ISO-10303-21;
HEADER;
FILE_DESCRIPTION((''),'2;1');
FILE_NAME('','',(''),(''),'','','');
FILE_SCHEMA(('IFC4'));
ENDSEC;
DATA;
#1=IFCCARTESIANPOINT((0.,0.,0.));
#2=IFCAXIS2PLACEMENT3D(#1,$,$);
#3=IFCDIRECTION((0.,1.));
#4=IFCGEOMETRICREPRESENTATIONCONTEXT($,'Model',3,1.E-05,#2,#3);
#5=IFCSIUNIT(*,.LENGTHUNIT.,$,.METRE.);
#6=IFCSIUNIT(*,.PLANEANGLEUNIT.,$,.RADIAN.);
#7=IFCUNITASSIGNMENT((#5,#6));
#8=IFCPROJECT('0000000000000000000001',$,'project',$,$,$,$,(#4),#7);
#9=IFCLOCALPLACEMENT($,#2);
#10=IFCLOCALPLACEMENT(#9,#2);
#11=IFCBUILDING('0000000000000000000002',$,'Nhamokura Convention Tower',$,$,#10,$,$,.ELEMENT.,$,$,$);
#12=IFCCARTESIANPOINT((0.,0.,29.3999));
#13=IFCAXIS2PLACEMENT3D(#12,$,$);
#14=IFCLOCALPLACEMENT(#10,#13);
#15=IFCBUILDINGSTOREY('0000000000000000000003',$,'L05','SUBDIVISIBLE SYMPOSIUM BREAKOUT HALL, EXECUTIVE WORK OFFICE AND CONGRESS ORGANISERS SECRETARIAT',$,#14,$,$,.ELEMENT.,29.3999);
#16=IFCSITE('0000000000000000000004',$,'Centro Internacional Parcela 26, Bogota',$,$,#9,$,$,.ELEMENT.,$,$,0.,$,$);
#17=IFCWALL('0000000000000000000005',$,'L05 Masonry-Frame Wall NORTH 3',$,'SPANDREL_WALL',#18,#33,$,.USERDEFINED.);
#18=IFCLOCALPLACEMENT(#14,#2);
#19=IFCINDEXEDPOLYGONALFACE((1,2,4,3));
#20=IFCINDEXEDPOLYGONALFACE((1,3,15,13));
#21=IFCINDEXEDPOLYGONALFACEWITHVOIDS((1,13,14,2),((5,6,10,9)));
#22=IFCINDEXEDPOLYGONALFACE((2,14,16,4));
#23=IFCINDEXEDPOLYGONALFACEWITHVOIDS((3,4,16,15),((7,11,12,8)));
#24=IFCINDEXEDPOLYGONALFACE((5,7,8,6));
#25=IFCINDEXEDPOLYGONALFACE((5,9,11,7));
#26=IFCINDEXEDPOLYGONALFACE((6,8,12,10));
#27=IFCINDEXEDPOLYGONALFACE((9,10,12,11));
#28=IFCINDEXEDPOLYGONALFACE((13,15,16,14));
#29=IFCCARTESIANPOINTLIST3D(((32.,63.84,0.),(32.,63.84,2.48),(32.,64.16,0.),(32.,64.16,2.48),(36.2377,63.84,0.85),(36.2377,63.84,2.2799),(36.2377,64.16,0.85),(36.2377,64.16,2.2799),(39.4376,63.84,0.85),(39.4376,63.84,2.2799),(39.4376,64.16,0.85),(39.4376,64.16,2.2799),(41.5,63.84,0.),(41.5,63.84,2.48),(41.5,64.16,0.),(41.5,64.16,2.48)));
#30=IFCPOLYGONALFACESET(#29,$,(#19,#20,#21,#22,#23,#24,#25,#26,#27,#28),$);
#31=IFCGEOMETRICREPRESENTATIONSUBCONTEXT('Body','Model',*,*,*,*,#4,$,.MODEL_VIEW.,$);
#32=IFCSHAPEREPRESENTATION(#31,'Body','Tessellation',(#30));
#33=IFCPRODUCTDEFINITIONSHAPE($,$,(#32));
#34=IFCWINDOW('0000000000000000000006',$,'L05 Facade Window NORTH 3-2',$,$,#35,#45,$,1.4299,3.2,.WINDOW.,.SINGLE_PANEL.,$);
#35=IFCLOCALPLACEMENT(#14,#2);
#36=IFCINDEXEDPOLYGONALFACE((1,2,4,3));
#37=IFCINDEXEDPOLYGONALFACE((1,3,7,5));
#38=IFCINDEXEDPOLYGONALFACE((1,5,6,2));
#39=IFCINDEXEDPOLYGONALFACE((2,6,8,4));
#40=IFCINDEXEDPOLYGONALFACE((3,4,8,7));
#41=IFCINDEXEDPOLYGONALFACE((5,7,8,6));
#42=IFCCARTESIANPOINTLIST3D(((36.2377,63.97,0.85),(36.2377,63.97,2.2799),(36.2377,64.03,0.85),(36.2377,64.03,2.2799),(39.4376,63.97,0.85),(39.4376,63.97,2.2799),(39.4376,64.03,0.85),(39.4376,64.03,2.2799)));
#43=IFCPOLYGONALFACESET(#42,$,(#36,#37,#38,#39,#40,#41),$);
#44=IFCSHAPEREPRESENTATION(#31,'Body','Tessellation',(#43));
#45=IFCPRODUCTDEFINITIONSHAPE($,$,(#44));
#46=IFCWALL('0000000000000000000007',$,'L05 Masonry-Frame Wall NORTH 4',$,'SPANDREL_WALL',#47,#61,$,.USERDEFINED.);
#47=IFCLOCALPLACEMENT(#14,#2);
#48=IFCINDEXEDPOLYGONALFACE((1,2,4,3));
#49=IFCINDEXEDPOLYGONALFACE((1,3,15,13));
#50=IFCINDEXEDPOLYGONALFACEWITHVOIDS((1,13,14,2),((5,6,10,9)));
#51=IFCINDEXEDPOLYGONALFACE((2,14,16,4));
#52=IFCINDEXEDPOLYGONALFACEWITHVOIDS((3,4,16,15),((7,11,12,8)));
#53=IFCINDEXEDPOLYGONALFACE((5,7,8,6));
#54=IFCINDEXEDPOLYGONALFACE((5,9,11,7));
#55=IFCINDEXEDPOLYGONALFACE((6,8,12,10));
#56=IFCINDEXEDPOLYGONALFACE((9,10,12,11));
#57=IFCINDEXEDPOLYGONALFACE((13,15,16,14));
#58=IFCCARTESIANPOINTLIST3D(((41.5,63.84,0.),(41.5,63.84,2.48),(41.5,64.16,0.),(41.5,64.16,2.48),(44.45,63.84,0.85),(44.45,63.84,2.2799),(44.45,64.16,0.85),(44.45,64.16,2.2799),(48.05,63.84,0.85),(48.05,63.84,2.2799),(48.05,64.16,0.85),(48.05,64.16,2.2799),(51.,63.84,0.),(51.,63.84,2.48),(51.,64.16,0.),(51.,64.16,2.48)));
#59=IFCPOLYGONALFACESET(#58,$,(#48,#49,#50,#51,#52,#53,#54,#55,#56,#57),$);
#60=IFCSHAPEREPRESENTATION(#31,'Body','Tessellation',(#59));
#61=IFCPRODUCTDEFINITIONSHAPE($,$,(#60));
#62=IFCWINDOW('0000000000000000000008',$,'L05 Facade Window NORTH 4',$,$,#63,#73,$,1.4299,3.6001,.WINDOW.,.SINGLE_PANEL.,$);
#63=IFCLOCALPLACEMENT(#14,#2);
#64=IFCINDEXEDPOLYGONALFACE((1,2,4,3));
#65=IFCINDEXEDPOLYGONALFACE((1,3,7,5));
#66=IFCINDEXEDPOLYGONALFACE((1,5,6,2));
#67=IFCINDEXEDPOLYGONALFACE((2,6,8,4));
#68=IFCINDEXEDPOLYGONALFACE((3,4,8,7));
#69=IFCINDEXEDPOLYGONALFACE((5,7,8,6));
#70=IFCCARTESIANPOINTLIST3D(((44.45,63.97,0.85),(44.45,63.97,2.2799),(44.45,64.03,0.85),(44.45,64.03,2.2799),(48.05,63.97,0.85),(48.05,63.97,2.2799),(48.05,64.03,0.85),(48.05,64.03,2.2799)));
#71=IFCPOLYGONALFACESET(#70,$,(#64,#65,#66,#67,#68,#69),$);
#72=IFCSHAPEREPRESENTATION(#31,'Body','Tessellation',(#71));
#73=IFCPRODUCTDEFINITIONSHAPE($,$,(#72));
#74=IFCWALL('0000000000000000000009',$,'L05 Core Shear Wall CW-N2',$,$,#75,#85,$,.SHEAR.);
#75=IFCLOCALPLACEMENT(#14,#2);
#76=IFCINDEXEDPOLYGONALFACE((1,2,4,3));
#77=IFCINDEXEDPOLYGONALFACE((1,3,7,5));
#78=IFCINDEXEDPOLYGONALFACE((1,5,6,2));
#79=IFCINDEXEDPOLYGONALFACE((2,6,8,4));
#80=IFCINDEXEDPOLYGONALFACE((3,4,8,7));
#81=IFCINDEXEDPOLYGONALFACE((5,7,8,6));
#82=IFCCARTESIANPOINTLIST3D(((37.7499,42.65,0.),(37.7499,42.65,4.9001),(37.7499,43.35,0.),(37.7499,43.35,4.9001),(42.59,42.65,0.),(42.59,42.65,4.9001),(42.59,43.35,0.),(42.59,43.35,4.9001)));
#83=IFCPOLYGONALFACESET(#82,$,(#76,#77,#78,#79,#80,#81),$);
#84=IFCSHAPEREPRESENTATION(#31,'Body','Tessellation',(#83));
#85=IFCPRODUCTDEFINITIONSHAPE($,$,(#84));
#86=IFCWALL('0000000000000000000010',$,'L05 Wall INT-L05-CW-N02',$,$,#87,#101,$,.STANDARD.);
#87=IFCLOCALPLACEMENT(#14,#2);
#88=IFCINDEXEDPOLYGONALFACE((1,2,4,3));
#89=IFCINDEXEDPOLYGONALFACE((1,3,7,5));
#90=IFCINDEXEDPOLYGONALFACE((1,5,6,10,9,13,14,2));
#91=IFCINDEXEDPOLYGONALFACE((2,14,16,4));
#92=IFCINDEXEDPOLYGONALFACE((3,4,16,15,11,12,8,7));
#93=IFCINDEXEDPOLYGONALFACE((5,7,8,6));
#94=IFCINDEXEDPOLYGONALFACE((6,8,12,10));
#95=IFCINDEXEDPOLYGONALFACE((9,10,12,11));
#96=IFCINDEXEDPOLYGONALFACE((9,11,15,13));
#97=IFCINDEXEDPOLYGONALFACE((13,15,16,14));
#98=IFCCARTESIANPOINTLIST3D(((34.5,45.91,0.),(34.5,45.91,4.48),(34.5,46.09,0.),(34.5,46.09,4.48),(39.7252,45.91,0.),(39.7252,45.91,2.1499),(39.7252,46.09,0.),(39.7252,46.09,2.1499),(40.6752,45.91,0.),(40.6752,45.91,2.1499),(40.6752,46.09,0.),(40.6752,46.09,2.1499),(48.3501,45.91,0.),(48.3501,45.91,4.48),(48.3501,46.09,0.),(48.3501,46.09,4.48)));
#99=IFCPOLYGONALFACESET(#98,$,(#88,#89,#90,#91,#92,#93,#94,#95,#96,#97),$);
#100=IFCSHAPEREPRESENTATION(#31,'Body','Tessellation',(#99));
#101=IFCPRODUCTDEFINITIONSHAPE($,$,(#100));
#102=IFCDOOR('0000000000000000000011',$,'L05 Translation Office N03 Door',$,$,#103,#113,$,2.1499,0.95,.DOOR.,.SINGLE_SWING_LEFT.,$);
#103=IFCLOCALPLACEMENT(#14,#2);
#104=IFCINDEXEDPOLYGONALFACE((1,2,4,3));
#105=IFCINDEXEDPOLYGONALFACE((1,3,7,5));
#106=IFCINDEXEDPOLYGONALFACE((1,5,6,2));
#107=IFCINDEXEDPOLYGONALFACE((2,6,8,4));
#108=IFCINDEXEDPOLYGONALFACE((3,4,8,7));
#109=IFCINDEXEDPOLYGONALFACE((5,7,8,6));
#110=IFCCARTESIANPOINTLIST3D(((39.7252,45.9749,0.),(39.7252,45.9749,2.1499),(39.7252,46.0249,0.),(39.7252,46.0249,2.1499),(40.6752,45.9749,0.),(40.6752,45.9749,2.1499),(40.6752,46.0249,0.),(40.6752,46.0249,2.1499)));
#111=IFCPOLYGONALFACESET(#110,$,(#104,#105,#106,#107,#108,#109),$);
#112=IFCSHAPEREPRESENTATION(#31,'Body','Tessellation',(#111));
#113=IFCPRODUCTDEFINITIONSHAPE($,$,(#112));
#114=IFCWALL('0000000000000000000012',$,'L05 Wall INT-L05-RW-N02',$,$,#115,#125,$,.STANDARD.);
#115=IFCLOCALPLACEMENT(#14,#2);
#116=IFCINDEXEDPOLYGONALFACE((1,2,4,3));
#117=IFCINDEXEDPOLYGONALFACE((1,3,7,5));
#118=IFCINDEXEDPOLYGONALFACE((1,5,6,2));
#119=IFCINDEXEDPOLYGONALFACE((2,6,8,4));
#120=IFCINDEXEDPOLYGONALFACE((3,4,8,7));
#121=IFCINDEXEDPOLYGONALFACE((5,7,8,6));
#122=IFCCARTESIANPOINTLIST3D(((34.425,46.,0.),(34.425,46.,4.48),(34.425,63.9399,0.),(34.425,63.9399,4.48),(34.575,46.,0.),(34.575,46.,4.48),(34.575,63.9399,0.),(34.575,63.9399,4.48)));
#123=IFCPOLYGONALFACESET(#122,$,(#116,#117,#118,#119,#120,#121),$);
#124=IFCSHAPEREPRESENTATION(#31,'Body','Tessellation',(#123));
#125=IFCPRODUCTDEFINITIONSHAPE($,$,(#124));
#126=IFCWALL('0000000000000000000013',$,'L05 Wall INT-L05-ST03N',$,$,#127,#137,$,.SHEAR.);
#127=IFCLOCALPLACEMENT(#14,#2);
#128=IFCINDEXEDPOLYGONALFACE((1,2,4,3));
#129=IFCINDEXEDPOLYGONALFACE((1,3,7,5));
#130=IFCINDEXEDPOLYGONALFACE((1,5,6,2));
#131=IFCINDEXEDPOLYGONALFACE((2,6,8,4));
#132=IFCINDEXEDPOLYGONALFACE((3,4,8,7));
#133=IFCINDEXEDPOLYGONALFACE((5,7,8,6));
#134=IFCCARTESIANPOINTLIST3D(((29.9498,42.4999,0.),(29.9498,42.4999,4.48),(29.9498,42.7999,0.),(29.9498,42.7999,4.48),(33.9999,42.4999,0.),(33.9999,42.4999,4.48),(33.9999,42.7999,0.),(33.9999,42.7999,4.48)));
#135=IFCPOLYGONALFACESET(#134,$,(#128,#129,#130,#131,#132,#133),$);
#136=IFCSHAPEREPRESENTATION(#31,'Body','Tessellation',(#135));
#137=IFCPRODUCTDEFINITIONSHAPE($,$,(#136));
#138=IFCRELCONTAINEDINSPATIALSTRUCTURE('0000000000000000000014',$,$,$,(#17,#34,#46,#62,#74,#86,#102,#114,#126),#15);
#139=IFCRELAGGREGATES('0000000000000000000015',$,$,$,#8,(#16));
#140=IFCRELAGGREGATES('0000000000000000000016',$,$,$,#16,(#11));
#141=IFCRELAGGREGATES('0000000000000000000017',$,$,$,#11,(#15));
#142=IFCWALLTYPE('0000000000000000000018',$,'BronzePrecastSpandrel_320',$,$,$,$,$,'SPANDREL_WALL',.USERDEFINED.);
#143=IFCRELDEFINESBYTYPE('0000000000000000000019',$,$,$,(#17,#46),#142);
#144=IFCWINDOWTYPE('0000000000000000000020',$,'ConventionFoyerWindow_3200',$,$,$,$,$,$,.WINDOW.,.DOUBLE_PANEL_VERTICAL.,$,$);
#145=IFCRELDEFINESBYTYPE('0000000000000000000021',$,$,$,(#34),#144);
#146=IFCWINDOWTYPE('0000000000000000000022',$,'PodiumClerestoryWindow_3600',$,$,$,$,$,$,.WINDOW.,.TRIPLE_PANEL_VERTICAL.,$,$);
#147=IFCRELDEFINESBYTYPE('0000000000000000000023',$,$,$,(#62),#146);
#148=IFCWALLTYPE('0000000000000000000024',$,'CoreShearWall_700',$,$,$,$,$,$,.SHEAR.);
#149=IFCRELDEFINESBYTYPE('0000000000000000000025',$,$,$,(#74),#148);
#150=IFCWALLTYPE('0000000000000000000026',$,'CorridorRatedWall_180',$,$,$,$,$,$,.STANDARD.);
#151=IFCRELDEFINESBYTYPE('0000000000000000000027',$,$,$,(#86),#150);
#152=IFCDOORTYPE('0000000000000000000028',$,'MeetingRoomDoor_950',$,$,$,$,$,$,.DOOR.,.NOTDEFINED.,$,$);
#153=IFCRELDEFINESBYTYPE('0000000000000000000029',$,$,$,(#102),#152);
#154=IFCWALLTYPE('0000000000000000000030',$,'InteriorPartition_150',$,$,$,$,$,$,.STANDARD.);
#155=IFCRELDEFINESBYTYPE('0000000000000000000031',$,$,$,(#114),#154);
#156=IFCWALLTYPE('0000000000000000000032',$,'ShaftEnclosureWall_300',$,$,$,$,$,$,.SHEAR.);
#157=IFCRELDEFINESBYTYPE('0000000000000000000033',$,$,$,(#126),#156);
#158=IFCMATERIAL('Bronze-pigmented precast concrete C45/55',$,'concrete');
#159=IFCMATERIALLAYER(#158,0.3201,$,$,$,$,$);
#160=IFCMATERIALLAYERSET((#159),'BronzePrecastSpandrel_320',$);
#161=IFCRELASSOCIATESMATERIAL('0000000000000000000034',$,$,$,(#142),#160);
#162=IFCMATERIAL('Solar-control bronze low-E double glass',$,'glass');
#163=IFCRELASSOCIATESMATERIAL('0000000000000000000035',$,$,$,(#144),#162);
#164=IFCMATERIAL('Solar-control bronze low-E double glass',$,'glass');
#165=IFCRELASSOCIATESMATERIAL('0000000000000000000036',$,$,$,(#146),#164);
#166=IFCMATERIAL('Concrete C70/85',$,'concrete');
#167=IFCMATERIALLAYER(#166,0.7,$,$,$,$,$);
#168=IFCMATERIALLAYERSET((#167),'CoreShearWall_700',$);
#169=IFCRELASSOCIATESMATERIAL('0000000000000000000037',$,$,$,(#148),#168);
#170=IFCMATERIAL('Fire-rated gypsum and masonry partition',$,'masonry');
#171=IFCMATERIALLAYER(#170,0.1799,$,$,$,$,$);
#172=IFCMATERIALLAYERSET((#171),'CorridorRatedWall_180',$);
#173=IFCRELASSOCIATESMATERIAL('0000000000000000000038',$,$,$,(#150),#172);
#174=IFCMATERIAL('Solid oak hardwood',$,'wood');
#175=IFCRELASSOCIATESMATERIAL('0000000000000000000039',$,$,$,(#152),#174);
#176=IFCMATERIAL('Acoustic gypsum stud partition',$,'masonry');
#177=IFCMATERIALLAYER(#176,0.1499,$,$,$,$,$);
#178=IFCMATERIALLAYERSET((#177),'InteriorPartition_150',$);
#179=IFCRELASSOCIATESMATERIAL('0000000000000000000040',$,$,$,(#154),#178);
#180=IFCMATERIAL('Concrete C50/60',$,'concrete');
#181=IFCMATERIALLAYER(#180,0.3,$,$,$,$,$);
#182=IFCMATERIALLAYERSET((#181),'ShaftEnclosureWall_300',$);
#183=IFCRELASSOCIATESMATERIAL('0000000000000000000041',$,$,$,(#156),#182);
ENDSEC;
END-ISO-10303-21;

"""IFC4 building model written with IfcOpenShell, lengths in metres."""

from ifc_helpers import new_model, si_unit, direction, frame, frame_2d, origin, place, context, subcontext, project, spatial, rectangle, extrude, material, layer, layer_set, type_object, element, fill, save


model = new_model("IFC4")

# Units and contexts
model_context = context("Model", 3, precision=1e-05, world=origin(), true_north=direction((0.0, 1.0)))
body_context = subcontext(model_context, "Body", "Model", "MODEL_VIEW")
ifc_project = project(units=[si_unit("LENGTHUNIT", "METRE"), si_unit("PLANEANGLEUNIT", "RADIAN")], contexts=[model_context])

# Site, building, storey
site_placement = place(None, origin())
site = spatial("IfcSite", under=ifc_project, at=site_placement, Name="Centro Internacional Parcela 26, Bogota", CompositionType="ELEMENT", RefElevation=0.0)
building_placement = place(site_placement, origin())
building = spatial("IfcBuilding", under=site, at=building_placement, Name="Nhamokura Convention Tower", CompositionType="ELEMENT")
storey_placement = place(building_placement, frame((0.0, 0.0, 29.3999)))
storey = spatial("IfcBuildingStorey", under=building, at=storey_placement, Name="L05", Description="SUBDIVISIBLE SYMPOSIUM BREAKOUT HALL, EXECUTIVE WORK OFFICE AND CONGRESS ORGANISERS SECRETARIAT", CompositionType="ELEMENT", Elevation=29.3999)

# Walls, openings, windows
ifc_material_1 = material(Name="Bronze-pigmented precast concrete C45/55", Category="concrete")
ifc_layer_1 = layer(ifc_material_1, 0.3201)
ifc_layer_set_1 = layer_set([ifc_layer_1], Name="BronzePrecastSpandrel_320")
wall_type_1 = type_object("IfcWallType", Name="BronzePrecastSpandrel_320", ElementType="SPANDREL_WALL", PredefinedType="USERDEFINED", material=ifc_layer_set_1)
wall_1_placement = place(storey_placement, frame((32.0, 64.0, 0.0), z_axis=(0.0, 0.0, 1.0), x_axis=(1.0, 0.0, 0.0)))
wall_1 = element("IfcWall", 1, at=wall_1_placement, inside=storey, type_object=wall_type_1, Name="L05 Masonry-Frame Wall NORTH 3", ObjectType="SPANDREL_WALL", PredefinedType="USERDEFINED", context=body_context, shape_type="SweptSolid", body=[
    extrude(rectangle(XDim=9.5, YDim=0.3201, at=frame_2d((4.75, 0.0))), origin(), (0.0, 0.0, 1.0), 2.48),
])
opening_1_placement = place(wall_1_placement, frame((4.2375, 0.0, 0.8501)))
opening_1 = element("IfcOpeningElement", 2, at=opening_1_placement, cuts=wall_1, PredefinedType="OPENING", context=body_context, shape_type="SweptSolid", body=[
    extrude(rectangle(XDim=3.2, YDim=1.4299, at=frame_2d((1.6001, 0.7148))), frame((0.0, 0.1699, 0.0), z_axis=(0.0, -1.0, 0.0), x_axis=(1.0, 0.0, 0.0)), (0.0, 0.0, 1.0), 0.3401),
])
ifc_material_2 = material(Name="Solar-control bronze low-E double glass", Category="glass")
window_type_1 = type_object("IfcWindowType", Name="ConventionFoyerWindow_3200", PartitioningType="DOUBLE_PANEL_VERTICAL", PredefinedType="WINDOW", material=ifc_material_2)
window_1_placement = place(opening_1_placement, origin())
window_1 = element("IfcWindow", 3, at=window_1_placement, inside=storey, type_object=window_type_1, Name="L05 Facade Window NORTH 3-2", OverallHeight=1.4299, OverallWidth=3.2, PartitioningType="SINGLE_PANEL", PredefinedType="WINDOW", context=body_context, shape_type="SweptSolid", body=[
    extrude(rectangle(XDim=3.2, YDim=1.4299, at=frame_2d((1.6001, 0.7148))), frame((0.0, 0.03, 0.0), z_axis=(0.0, -1.0, 0.0), x_axis=(1.0, 0.0, 0.0)), (0.0, 0.0, 1.0), 0.0601),
])
fill(opening_1, window_1)
wall_2_placement = place(storey_placement, frame((41.5, 64.0, 0.0), z_axis=(0.0, 0.0, 1.0), x_axis=(1.0, 0.0, 0.0)))
wall_2 = element("IfcWall", 4, at=wall_2_placement, inside=storey, type_object=wall_type_1, Name="L05 Masonry-Frame Wall NORTH 4", ObjectType="SPANDREL_WALL", PredefinedType="USERDEFINED", context=body_context, shape_type="SweptSolid", body=[
    extrude(rectangle(XDim=9.5, YDim=0.3201, at=frame_2d((4.75, 0.0))), origin(), (0.0, 0.0, 1.0), 2.48),
])
opening_2_placement = place(wall_2_placement, frame((2.95, 0.0, 0.8501)))
opening_2 = element("IfcOpeningElement", 5, at=opening_2_placement, cuts=wall_2, PredefinedType="OPENING", context=body_context, shape_type="SweptSolid", body=[
    extrude(rectangle(XDim=3.6001, YDim=1.4299, at=frame_2d((1.8, 0.7148))), frame((0.0, 0.1699, 0.0), z_axis=(0.0, -1.0, 0.0), x_axis=(1.0, 0.0, 0.0)), (0.0, 0.0, 1.0), 0.3401),
])
ifc_material_3 = material(Name="Solar-control bronze low-E double glass", Category="glass")
window_type_2 = type_object("IfcWindowType", Name="PodiumClerestoryWindow_3600", PartitioningType="TRIPLE_PANEL_VERTICAL", PredefinedType="WINDOW", material=ifc_material_3)
window_2_placement = place(opening_2_placement, origin())
window_2 = element("IfcWindow", 6, at=window_2_placement, inside=storey, type_object=window_type_2, Name="L05 Facade Window NORTH 4", OverallHeight=1.4299, OverallWidth=3.6001, PartitioningType="SINGLE_PANEL", PredefinedType="WINDOW", context=body_context, shape_type="SweptSolid", body=[
    extrude(rectangle(XDim=3.6001, YDim=1.4299, at=frame_2d((1.8, 0.7148))), frame((0.0, 0.03, 0.0), z_axis=(0.0, -1.0, 0.0), x_axis=(1.0, 0.0, 0.0)), (0.0, 0.0, 1.0), 0.0601),
])
fill(opening_2, window_2)

# Wall
ifc_material_4 = material(Name="Concrete C70/85", Category="concrete")
ifc_layer_2 = layer(ifc_material_4, 0.7)
ifc_layer_set_2 = layer_set([ifc_layer_2], Name="CoreShearWall_700")
wall_type_2 = type_object("IfcWallType", Name="CoreShearWall_700", PredefinedType="SHEAR", material=ifc_layer_set_2)
wall_3_placement = place(storey_placement, frame((37.75, 43.0, 0.0), z_axis=(0.0, 0.0, 1.0), x_axis=(1.0, 0.0, 0.0)))
element("IfcWall", 7, at=wall_3_placement, inside=storey, type_object=wall_type_2, Name="L05 Core Shear Wall CW-N2", PredefinedType="SHEAR", context=body_context, shape_type="SweptSolid", body=[
    extrude(rectangle(XDim=4.8401, YDim=0.7, at=frame_2d((2.4199, 0.0))), origin(), (0.0, 0.0, 1.0), 4.9001),
])

# Wall, opening, door
ifc_material_5 = material(Name="Fire-rated gypsum and masonry partition", Category="masonry")
ifc_layer_3 = layer(ifc_material_5, 0.1799)
ifc_layer_set_3 = layer_set([ifc_layer_3], Name="CorridorRatedWall_180")
wall_type_3 = type_object("IfcWallType", Name="CorridorRatedWall_180", PredefinedType="STANDARD", material=ifc_layer_set_3)
wall_4_placement = place(storey_placement, frame((34.5, 46.0, 0.0), z_axis=(0.0, 0.0, 1.0), x_axis=(1.0, 0.0, 0.0)))
wall_4 = element("IfcWall", 8, at=wall_4_placement, inside=storey, type_object=wall_type_3, Name="L05 Wall INT-L05-CW-N02", PredefinedType="STANDARD", context=body_context, shape_type="SweptSolid", body=[
    extrude(rectangle(XDim=13.8501, YDim=0.1799, at=frame_2d((6.925, 0.0))), origin(), (0.0, 0.0, 1.0), 4.48),
])
opening_3_placement = place(wall_4_placement, frame((5.2251, 0.0, 0.0)))
opening_3 = element("IfcOpeningElement", 9, at=opening_3_placement, cuts=wall_4, PredefinedType="OPENING", context=body_context, shape_type="SweptSolid", body=[
    extrude(rectangle(XDim=0.95, YDim=2.1499, at=frame_2d((0.4751, 1.075))), frame((0.0, 0.0999, 0.0), z_axis=(0.0, -1.0, 0.0), x_axis=(1.0, 0.0, 0.0)), (0.0, 0.0, 1.0), 0.2),
])
ifc_material_6 = material(Name="Solid oak hardwood", Category="wood")
door_type = type_object("IfcDoorType", Name="MeetingRoomDoor_950", OperationType="NOTDEFINED", PredefinedType="DOOR", material=ifc_material_6)
door_placement = place(opening_3_placement, origin())
door = element("IfcDoor", 10, at=door_placement, inside=storey, type_object=door_type, Name="L05 Translation Office N03 Door", OperationType="SINGLE_SWING_LEFT", OverallHeight=2.1499, OverallWidth=0.95, PredefinedType="DOOR", context=body_context, shape_type="SweptSolid", body=[
    extrude(rectangle(XDim=0.95, YDim=2.1499, at=frame_2d((0.4751, 1.075))), frame((0.0, 0.0249, 0.0), z_axis=(0.0, -1.0, 0.0), x_axis=(1.0, 0.0, 0.0)), (0.0, 0.0, 1.0), 0.05),
])
fill(opening_3, door)

# Walls
ifc_material_7 = material(Name="Acoustic gypsum stud partition", Category="masonry")
ifc_layer_4 = layer(ifc_material_7, 0.1499)
ifc_layer_set_4 = layer_set([ifc_layer_4], Name="InteriorPartition_150")
wall_type_4 = type_object("IfcWallType", Name="InteriorPartition_150", PredefinedType="STANDARD", material=ifc_layer_set_4)
wall_5_placement = place(storey_placement, frame((34.5, 46.0, 0.0), z_axis=(0.0, 0.0, 1.0), x_axis=(0.0, 1.0, 0.0)))
element("IfcWall", 11, at=wall_5_placement, inside=storey, type_object=wall_type_4, Name="L05 Wall INT-L05-RW-N02", PredefinedType="STANDARD", context=body_context, shape_type="SweptSolid", body=[
    extrude(rectangle(XDim=17.9399, YDim=0.1499, at=frame_2d((8.97, 0.0))), origin(), (0.0, 0.0, 1.0), 4.48),
])
ifc_material_8 = material(Name="Concrete C50/60", Category="concrete")
ifc_layer_5 = layer(ifc_material_8, 0.3)
ifc_layer_set_5 = layer_set([ifc_layer_5], Name="ShaftEnclosureWall_300")
wall_type_5 = type_object("IfcWallType", Name="ShaftEnclosureWall_300", PredefinedType="SHEAR", material=ifc_layer_set_5)
wall_6_placement = place(storey_placement, frame((29.95, 42.6499, 0.0), z_axis=(0.0, 0.0, 1.0), x_axis=(1.0, 0.0, 0.0)))
element("IfcWall", 12, at=wall_6_placement, inside=storey, type_object=wall_type_5, Name="L05 Wall INT-L05-ST03N", PredefinedType="SHEAR", context=body_context, shape_type="SweptSolid", body=[
    extrude(rectangle(XDim=4.05, YDim=0.3, at=frame_2d((2.0249, 0.0))), origin(), (0.0, 0.0, 1.0), 4.48),
])

save(model, "model.ifc")
